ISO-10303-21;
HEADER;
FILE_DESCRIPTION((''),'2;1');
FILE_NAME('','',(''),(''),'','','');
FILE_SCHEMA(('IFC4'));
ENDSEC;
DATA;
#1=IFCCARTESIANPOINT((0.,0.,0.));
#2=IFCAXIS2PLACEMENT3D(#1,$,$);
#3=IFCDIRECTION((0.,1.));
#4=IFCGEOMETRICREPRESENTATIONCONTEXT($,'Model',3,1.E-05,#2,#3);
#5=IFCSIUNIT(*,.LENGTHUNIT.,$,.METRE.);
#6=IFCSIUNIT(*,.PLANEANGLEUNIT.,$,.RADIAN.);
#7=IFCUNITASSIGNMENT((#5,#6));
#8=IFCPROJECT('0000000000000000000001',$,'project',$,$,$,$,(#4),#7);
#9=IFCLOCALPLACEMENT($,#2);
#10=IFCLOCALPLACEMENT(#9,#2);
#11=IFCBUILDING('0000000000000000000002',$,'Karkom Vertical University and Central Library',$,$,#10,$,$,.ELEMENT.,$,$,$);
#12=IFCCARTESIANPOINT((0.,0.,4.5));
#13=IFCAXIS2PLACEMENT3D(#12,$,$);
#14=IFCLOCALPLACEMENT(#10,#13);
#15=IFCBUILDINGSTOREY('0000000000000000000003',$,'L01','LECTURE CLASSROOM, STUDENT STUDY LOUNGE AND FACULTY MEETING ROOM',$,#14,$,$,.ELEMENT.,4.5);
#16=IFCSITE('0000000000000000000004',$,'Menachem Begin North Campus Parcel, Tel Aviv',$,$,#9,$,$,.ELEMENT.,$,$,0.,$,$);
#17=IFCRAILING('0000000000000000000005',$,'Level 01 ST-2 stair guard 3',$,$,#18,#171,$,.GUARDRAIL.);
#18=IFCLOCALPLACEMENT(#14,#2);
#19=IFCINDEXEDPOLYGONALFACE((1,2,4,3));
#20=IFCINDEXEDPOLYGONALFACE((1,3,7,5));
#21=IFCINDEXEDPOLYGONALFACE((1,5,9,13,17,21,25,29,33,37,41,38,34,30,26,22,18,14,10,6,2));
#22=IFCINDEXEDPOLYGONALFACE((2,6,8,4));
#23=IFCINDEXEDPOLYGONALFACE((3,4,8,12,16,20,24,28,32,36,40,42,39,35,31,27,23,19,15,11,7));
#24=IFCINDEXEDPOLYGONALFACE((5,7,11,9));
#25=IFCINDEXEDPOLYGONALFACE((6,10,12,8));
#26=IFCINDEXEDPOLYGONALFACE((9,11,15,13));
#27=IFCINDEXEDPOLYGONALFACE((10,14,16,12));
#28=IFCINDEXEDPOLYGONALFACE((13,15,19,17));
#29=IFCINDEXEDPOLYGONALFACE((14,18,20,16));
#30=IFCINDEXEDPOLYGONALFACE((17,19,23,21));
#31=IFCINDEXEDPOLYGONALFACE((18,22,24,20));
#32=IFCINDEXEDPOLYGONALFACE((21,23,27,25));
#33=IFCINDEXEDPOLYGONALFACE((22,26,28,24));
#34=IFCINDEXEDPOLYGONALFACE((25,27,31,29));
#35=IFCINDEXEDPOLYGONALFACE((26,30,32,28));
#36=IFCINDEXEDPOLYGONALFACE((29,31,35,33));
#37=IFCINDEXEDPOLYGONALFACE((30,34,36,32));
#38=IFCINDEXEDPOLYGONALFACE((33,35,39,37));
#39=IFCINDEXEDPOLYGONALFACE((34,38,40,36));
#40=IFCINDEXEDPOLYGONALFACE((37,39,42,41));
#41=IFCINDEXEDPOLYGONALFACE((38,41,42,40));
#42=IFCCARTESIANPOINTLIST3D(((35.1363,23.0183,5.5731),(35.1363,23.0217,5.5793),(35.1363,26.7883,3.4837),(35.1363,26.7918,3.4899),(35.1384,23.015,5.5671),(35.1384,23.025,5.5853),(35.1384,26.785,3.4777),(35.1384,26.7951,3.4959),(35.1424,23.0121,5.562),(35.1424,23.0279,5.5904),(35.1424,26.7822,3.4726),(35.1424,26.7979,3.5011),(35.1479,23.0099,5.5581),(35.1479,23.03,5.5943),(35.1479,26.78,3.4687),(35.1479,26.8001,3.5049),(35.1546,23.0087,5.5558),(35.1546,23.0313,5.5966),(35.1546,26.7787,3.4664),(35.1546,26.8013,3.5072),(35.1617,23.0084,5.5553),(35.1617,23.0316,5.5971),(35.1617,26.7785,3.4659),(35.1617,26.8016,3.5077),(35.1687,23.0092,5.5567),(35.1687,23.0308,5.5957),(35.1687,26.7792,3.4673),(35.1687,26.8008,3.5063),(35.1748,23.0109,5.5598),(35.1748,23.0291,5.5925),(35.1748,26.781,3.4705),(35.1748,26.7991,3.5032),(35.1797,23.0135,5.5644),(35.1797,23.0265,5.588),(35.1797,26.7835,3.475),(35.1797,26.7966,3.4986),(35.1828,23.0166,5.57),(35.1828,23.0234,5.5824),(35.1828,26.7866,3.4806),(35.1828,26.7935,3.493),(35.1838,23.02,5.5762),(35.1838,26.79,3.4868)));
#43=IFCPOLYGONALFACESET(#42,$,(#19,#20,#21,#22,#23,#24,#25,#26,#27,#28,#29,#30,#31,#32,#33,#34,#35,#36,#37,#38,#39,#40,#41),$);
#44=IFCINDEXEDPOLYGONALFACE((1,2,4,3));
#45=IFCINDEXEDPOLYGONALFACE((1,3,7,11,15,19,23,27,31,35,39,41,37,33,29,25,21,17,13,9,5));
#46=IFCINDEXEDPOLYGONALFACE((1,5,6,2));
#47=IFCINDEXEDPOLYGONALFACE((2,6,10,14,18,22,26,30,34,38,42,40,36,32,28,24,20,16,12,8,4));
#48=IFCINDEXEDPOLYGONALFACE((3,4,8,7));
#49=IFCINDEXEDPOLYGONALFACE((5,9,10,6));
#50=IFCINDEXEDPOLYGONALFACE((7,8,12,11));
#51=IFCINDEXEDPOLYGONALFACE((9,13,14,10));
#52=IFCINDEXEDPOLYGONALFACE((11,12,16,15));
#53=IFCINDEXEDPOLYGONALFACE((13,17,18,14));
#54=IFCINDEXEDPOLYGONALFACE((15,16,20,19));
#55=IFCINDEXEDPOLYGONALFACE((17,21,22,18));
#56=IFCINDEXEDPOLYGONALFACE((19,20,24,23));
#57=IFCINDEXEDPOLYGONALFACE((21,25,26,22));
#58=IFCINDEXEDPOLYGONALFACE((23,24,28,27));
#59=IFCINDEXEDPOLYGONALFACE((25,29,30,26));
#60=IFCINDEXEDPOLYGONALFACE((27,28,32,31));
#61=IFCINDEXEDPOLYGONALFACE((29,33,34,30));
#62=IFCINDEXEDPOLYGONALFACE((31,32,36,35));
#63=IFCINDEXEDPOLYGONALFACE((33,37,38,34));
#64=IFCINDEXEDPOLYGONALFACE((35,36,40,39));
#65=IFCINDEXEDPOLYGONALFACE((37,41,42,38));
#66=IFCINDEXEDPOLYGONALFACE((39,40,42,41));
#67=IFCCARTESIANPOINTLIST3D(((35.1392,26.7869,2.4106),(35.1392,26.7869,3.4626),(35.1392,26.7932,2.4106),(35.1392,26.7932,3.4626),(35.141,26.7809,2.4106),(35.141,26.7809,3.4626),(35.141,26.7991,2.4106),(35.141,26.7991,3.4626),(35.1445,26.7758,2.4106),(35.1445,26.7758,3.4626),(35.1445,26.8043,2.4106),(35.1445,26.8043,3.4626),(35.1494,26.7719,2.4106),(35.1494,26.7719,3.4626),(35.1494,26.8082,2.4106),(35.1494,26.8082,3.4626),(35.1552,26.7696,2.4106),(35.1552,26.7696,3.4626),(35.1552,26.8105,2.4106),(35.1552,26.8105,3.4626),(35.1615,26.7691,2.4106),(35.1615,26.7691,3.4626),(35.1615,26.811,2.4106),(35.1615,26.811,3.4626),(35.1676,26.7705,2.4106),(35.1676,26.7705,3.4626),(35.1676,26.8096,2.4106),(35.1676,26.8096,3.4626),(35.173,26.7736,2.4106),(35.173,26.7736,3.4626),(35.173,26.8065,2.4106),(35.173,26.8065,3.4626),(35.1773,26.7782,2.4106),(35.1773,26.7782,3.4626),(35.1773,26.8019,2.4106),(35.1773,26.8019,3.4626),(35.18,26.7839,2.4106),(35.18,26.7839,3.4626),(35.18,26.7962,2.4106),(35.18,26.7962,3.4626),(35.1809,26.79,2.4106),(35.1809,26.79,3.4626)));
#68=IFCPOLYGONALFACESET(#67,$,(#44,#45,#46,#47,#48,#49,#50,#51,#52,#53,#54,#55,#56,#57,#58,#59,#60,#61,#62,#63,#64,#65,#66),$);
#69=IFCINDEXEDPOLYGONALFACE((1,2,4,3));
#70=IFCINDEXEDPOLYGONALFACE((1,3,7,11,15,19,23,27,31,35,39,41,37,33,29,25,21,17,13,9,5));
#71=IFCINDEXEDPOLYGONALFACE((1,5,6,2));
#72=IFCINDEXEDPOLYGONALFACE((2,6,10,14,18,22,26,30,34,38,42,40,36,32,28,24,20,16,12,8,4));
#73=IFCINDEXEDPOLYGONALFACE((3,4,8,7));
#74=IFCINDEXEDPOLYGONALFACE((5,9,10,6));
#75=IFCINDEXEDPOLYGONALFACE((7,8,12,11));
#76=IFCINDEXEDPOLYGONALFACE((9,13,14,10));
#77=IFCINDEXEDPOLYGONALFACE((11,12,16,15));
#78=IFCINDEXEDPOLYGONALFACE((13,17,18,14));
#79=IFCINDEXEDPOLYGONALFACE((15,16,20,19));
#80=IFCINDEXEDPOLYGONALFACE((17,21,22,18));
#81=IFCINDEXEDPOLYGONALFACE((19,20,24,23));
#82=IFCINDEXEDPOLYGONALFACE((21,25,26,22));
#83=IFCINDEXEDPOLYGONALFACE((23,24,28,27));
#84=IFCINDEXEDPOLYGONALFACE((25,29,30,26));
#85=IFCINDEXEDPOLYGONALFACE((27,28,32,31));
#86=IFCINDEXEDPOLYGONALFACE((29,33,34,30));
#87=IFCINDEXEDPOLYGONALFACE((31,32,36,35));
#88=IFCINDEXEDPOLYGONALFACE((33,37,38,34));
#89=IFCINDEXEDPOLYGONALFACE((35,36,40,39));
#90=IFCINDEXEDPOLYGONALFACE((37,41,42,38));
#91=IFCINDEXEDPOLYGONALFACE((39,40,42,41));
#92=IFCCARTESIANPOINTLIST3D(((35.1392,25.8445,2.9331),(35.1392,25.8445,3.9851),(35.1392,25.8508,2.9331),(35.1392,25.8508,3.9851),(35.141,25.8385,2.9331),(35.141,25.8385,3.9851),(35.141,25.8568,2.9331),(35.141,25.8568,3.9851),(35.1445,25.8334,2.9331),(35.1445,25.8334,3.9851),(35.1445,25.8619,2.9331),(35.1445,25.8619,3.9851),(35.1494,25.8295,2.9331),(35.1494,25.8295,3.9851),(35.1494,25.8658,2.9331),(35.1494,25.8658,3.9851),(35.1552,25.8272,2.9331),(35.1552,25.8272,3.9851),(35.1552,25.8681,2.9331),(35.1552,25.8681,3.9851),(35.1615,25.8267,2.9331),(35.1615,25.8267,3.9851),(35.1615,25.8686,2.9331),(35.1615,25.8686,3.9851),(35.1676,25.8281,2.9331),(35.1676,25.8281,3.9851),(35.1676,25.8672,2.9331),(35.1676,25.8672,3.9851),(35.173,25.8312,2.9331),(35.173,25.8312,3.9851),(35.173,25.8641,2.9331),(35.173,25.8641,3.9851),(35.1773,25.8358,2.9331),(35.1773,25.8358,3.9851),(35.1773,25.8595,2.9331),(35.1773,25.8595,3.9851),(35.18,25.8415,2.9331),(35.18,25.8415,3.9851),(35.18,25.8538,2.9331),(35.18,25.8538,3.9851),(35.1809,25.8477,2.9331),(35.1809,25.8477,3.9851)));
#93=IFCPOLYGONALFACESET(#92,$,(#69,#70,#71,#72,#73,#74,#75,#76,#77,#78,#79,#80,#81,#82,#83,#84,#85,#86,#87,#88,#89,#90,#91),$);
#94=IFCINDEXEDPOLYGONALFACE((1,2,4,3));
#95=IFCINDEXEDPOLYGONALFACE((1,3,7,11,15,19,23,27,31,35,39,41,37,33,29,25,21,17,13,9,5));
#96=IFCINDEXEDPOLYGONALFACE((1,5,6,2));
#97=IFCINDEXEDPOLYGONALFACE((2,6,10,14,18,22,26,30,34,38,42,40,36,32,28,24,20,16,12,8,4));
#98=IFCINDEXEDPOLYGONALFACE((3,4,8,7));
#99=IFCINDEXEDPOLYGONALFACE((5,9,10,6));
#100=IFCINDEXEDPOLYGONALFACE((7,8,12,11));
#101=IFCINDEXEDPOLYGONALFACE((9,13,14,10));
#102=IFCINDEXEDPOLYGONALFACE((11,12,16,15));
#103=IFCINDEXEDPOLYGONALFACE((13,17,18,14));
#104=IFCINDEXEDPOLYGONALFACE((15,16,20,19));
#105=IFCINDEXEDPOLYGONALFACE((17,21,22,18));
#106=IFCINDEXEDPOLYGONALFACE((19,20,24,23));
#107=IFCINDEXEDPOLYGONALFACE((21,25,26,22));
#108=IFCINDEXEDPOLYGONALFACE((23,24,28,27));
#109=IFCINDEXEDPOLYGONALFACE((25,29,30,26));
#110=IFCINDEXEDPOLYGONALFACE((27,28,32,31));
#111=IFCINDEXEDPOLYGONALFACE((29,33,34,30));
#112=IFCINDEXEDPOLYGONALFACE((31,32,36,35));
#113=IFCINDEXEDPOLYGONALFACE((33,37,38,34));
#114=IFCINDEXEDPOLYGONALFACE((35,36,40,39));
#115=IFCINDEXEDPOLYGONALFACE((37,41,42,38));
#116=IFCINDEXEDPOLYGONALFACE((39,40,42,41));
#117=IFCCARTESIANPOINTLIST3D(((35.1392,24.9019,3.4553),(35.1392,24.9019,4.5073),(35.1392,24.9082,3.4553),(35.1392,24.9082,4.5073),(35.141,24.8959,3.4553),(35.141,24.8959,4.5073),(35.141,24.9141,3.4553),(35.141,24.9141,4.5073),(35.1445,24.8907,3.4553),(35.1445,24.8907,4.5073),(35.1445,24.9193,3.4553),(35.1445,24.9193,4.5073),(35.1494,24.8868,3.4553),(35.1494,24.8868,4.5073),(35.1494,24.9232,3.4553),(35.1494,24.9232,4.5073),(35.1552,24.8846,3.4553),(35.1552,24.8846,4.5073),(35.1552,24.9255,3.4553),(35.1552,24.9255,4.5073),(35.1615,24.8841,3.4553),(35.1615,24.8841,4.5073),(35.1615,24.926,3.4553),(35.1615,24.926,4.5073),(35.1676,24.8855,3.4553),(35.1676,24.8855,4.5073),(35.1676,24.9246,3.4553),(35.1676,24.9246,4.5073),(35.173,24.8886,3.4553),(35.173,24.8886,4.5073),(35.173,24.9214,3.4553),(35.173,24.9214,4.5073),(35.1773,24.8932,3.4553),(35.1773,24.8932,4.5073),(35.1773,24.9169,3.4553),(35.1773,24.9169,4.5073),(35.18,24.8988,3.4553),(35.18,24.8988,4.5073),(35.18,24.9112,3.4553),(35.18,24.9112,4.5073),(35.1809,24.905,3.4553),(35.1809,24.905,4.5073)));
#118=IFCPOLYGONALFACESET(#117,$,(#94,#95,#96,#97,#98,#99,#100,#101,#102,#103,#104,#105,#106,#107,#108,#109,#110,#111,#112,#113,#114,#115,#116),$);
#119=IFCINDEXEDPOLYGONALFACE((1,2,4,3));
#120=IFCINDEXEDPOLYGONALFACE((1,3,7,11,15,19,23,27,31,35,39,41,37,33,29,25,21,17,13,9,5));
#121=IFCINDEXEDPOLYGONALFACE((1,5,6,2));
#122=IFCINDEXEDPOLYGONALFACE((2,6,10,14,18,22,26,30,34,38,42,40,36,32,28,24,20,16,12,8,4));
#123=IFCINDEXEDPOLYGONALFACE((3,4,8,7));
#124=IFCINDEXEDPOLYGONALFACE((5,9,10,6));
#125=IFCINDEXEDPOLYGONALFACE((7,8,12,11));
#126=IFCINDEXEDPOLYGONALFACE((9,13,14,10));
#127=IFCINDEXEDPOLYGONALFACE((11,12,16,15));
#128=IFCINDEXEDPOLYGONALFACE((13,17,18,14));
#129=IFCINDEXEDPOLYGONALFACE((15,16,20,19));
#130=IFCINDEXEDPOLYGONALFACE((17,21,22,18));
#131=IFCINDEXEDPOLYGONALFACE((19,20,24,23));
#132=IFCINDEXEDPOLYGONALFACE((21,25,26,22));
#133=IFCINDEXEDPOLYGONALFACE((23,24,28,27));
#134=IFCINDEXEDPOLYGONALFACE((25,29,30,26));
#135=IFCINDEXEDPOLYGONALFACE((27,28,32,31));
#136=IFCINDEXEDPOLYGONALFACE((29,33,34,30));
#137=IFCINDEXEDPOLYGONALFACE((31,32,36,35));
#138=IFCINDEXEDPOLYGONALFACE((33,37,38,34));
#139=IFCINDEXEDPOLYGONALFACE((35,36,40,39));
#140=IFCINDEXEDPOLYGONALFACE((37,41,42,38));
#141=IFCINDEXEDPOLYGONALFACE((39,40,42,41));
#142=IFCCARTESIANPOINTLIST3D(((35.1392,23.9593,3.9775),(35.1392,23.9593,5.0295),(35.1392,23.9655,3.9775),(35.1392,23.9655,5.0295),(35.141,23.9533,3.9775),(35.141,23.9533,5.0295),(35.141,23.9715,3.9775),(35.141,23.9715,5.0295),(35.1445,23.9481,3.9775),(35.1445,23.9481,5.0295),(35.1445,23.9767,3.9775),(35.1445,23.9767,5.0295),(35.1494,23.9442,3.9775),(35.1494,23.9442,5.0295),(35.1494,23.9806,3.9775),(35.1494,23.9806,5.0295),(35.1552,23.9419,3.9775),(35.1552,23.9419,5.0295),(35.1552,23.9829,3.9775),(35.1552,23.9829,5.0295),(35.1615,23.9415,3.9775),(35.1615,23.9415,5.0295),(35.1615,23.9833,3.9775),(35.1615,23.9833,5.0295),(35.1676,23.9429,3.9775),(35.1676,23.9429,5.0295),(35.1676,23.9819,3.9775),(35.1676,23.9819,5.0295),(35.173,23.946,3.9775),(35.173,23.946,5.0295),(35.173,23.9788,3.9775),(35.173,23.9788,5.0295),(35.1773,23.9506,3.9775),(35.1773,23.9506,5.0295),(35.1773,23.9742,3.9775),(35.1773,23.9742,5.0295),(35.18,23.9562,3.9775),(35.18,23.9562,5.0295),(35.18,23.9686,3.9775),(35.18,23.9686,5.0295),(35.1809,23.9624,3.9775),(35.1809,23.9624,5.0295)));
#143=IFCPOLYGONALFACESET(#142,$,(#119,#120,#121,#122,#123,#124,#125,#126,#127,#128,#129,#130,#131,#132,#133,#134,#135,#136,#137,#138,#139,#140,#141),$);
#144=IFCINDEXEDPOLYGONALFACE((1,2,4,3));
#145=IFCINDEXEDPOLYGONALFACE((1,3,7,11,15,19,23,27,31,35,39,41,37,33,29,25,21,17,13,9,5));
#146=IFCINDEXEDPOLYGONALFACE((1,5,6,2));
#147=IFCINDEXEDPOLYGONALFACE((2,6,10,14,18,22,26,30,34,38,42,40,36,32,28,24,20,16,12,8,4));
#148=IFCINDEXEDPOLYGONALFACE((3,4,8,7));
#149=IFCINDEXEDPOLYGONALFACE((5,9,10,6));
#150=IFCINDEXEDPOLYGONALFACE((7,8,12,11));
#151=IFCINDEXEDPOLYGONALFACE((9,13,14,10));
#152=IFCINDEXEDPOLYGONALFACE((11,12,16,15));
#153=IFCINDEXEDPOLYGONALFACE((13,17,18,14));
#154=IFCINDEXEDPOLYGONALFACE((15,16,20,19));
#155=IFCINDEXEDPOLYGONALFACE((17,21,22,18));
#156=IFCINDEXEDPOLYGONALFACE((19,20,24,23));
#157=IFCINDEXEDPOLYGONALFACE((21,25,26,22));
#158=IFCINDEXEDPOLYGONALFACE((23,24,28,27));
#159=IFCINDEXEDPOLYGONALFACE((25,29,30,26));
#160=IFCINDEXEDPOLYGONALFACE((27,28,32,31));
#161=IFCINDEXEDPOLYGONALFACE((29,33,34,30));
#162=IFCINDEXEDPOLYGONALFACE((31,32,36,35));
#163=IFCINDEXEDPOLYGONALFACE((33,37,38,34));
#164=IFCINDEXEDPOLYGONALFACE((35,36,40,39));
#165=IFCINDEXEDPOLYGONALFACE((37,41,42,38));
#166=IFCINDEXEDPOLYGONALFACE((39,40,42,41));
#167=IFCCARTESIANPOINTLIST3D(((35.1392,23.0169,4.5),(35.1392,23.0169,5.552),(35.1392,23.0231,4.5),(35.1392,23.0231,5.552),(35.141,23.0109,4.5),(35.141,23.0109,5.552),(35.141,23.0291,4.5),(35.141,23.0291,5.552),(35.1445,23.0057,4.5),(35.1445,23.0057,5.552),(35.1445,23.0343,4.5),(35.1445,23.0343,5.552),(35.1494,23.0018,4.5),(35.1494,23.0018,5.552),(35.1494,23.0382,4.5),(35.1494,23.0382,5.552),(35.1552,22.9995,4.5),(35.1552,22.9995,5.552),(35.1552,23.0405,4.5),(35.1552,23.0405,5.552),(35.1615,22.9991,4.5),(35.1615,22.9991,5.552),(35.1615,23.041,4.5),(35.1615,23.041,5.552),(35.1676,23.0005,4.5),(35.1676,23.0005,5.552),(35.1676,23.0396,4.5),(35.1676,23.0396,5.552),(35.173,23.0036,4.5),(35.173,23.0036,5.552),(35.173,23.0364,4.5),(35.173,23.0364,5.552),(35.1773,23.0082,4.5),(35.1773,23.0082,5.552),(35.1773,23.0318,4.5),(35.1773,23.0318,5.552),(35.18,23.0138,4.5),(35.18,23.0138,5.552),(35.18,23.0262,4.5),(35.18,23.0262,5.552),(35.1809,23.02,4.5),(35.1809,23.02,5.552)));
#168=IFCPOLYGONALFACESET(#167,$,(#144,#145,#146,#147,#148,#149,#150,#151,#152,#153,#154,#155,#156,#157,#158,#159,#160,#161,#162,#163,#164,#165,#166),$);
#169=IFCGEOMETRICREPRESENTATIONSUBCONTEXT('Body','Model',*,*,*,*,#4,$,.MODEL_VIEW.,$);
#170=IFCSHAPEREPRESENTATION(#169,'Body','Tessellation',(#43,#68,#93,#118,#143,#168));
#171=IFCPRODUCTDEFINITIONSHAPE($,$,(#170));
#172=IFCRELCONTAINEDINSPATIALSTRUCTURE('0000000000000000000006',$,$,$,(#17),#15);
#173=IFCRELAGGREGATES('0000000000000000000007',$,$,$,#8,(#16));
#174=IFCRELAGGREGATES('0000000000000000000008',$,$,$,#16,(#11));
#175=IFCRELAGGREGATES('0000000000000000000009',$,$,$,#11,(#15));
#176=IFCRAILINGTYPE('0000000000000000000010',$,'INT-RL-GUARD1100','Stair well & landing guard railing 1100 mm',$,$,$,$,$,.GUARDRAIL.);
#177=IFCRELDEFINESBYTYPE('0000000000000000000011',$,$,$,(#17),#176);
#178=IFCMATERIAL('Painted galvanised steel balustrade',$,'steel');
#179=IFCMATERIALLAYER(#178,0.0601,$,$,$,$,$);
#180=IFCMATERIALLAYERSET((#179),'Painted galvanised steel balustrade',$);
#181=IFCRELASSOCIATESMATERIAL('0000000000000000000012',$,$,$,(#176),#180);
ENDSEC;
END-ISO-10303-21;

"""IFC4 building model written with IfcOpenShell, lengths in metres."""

from ifc_helpers import new_model, si_unit, direction, frame, origin, origin_2d, place, context, subcontext, project, spatial, circle, extrude, material, layer, layer_set, type_object, element, save


model = new_model("IFC4")

# Units and contexts
model_context = context("Model", 3, precision=1e-05, world=origin(), true_north=direction((0.0, 1.0)))
body_context = subcontext(model_context, "Body", "Model", "MODEL_VIEW")
ifc_project = project(units=[si_unit("LENGTHUNIT", "METRE"), si_unit("PLANEANGLEUNIT", "RADIAN")], contexts=[model_context])

# Site, building, storey
site_placement = place(None, origin())
site = spatial("IfcSite", under=ifc_project, at=site_placement, Name="Menachem Begin North Campus Parcel, Tel Aviv", CompositionType="ELEMENT", RefElevation=0.0)
building_placement = place(site_placement, origin())
building = spatial("IfcBuilding", under=site, at=building_placement, Name="Karkom Vertical University and Central Library", CompositionType="ELEMENT")
storey_placement = place(building_placement, frame((0.0, 0.0, 4.5)))
storey = spatial("IfcBuildingStorey", under=building, at=storey_placement, Name="L01", Description="LECTURE CLASSROOM, STUDENT STUDY LOUNGE AND FACULTY MEETING ROOM", CompositionType="ELEMENT", Elevation=4.5)

# Railing
ifc_material_1 = material(Name="Painted galvanised steel balustrade", Category="steel")
ifc_layer_1 = layer(ifc_material_1, 0.0601)
ifc_layer_set_1 = layer_set([ifc_layer_1], Name="Painted galvanised steel balustrade")
railing_type_1 = type_object("IfcRailingType", Name="INT-RL-GUARD1100", Description="Stair well & landing guard railing 1100 mm", PredefinedType="GUARDRAIL", material=ifc_layer_set_1)
railing_1_placement = place(storey_placement, frame((35.1599, 26.79, 2.4106)))
element("IfcRailing", 1, at=railing_1_placement, inside=storey, type_object=railing_type_1, Name="Level 01 ST-2 stair guard 3", PredefinedType="GUARDRAIL", context=body_context, shape_type="SweptSolid", body=[
    extrude(circle(Radius=0.0239, at=origin_2d()), frame((0.0, 0.0, 1.0762), z_axis=(0.0, -0.874659, 0.484739), x_axis=(1.0, 0.0, 0.0)), (0.0, 0.0, 1.0), 4.3103),
    extrude(circle(Radius=0.021, at=origin_2d()), origin(), (0.0, 0.0, 1.0), 1.052),
    extrude(circle(Radius=0.021, at=origin_2d()), frame((0.0, -0.9424, 0.5225)), (0.0, 0.0, 1.0), 1.052),
    extrude(circle(Radius=0.021, at=origin_2d()), frame((0.0, -1.885, 1.0447)), (0.0, 0.0, 1.0), 1.052),
    extrude(circle(Radius=0.021, at=origin_2d()), frame((0.0, -2.8276, 1.5669)), (0.0, 0.0, 1.0), 1.052),
    extrude(circle(Radius=0.021, at=origin_2d()), frame((0.0, -3.77, 2.0894)), (0.0, 0.0, 1.0), 1.052),
])

save(model, "model.ifc")
